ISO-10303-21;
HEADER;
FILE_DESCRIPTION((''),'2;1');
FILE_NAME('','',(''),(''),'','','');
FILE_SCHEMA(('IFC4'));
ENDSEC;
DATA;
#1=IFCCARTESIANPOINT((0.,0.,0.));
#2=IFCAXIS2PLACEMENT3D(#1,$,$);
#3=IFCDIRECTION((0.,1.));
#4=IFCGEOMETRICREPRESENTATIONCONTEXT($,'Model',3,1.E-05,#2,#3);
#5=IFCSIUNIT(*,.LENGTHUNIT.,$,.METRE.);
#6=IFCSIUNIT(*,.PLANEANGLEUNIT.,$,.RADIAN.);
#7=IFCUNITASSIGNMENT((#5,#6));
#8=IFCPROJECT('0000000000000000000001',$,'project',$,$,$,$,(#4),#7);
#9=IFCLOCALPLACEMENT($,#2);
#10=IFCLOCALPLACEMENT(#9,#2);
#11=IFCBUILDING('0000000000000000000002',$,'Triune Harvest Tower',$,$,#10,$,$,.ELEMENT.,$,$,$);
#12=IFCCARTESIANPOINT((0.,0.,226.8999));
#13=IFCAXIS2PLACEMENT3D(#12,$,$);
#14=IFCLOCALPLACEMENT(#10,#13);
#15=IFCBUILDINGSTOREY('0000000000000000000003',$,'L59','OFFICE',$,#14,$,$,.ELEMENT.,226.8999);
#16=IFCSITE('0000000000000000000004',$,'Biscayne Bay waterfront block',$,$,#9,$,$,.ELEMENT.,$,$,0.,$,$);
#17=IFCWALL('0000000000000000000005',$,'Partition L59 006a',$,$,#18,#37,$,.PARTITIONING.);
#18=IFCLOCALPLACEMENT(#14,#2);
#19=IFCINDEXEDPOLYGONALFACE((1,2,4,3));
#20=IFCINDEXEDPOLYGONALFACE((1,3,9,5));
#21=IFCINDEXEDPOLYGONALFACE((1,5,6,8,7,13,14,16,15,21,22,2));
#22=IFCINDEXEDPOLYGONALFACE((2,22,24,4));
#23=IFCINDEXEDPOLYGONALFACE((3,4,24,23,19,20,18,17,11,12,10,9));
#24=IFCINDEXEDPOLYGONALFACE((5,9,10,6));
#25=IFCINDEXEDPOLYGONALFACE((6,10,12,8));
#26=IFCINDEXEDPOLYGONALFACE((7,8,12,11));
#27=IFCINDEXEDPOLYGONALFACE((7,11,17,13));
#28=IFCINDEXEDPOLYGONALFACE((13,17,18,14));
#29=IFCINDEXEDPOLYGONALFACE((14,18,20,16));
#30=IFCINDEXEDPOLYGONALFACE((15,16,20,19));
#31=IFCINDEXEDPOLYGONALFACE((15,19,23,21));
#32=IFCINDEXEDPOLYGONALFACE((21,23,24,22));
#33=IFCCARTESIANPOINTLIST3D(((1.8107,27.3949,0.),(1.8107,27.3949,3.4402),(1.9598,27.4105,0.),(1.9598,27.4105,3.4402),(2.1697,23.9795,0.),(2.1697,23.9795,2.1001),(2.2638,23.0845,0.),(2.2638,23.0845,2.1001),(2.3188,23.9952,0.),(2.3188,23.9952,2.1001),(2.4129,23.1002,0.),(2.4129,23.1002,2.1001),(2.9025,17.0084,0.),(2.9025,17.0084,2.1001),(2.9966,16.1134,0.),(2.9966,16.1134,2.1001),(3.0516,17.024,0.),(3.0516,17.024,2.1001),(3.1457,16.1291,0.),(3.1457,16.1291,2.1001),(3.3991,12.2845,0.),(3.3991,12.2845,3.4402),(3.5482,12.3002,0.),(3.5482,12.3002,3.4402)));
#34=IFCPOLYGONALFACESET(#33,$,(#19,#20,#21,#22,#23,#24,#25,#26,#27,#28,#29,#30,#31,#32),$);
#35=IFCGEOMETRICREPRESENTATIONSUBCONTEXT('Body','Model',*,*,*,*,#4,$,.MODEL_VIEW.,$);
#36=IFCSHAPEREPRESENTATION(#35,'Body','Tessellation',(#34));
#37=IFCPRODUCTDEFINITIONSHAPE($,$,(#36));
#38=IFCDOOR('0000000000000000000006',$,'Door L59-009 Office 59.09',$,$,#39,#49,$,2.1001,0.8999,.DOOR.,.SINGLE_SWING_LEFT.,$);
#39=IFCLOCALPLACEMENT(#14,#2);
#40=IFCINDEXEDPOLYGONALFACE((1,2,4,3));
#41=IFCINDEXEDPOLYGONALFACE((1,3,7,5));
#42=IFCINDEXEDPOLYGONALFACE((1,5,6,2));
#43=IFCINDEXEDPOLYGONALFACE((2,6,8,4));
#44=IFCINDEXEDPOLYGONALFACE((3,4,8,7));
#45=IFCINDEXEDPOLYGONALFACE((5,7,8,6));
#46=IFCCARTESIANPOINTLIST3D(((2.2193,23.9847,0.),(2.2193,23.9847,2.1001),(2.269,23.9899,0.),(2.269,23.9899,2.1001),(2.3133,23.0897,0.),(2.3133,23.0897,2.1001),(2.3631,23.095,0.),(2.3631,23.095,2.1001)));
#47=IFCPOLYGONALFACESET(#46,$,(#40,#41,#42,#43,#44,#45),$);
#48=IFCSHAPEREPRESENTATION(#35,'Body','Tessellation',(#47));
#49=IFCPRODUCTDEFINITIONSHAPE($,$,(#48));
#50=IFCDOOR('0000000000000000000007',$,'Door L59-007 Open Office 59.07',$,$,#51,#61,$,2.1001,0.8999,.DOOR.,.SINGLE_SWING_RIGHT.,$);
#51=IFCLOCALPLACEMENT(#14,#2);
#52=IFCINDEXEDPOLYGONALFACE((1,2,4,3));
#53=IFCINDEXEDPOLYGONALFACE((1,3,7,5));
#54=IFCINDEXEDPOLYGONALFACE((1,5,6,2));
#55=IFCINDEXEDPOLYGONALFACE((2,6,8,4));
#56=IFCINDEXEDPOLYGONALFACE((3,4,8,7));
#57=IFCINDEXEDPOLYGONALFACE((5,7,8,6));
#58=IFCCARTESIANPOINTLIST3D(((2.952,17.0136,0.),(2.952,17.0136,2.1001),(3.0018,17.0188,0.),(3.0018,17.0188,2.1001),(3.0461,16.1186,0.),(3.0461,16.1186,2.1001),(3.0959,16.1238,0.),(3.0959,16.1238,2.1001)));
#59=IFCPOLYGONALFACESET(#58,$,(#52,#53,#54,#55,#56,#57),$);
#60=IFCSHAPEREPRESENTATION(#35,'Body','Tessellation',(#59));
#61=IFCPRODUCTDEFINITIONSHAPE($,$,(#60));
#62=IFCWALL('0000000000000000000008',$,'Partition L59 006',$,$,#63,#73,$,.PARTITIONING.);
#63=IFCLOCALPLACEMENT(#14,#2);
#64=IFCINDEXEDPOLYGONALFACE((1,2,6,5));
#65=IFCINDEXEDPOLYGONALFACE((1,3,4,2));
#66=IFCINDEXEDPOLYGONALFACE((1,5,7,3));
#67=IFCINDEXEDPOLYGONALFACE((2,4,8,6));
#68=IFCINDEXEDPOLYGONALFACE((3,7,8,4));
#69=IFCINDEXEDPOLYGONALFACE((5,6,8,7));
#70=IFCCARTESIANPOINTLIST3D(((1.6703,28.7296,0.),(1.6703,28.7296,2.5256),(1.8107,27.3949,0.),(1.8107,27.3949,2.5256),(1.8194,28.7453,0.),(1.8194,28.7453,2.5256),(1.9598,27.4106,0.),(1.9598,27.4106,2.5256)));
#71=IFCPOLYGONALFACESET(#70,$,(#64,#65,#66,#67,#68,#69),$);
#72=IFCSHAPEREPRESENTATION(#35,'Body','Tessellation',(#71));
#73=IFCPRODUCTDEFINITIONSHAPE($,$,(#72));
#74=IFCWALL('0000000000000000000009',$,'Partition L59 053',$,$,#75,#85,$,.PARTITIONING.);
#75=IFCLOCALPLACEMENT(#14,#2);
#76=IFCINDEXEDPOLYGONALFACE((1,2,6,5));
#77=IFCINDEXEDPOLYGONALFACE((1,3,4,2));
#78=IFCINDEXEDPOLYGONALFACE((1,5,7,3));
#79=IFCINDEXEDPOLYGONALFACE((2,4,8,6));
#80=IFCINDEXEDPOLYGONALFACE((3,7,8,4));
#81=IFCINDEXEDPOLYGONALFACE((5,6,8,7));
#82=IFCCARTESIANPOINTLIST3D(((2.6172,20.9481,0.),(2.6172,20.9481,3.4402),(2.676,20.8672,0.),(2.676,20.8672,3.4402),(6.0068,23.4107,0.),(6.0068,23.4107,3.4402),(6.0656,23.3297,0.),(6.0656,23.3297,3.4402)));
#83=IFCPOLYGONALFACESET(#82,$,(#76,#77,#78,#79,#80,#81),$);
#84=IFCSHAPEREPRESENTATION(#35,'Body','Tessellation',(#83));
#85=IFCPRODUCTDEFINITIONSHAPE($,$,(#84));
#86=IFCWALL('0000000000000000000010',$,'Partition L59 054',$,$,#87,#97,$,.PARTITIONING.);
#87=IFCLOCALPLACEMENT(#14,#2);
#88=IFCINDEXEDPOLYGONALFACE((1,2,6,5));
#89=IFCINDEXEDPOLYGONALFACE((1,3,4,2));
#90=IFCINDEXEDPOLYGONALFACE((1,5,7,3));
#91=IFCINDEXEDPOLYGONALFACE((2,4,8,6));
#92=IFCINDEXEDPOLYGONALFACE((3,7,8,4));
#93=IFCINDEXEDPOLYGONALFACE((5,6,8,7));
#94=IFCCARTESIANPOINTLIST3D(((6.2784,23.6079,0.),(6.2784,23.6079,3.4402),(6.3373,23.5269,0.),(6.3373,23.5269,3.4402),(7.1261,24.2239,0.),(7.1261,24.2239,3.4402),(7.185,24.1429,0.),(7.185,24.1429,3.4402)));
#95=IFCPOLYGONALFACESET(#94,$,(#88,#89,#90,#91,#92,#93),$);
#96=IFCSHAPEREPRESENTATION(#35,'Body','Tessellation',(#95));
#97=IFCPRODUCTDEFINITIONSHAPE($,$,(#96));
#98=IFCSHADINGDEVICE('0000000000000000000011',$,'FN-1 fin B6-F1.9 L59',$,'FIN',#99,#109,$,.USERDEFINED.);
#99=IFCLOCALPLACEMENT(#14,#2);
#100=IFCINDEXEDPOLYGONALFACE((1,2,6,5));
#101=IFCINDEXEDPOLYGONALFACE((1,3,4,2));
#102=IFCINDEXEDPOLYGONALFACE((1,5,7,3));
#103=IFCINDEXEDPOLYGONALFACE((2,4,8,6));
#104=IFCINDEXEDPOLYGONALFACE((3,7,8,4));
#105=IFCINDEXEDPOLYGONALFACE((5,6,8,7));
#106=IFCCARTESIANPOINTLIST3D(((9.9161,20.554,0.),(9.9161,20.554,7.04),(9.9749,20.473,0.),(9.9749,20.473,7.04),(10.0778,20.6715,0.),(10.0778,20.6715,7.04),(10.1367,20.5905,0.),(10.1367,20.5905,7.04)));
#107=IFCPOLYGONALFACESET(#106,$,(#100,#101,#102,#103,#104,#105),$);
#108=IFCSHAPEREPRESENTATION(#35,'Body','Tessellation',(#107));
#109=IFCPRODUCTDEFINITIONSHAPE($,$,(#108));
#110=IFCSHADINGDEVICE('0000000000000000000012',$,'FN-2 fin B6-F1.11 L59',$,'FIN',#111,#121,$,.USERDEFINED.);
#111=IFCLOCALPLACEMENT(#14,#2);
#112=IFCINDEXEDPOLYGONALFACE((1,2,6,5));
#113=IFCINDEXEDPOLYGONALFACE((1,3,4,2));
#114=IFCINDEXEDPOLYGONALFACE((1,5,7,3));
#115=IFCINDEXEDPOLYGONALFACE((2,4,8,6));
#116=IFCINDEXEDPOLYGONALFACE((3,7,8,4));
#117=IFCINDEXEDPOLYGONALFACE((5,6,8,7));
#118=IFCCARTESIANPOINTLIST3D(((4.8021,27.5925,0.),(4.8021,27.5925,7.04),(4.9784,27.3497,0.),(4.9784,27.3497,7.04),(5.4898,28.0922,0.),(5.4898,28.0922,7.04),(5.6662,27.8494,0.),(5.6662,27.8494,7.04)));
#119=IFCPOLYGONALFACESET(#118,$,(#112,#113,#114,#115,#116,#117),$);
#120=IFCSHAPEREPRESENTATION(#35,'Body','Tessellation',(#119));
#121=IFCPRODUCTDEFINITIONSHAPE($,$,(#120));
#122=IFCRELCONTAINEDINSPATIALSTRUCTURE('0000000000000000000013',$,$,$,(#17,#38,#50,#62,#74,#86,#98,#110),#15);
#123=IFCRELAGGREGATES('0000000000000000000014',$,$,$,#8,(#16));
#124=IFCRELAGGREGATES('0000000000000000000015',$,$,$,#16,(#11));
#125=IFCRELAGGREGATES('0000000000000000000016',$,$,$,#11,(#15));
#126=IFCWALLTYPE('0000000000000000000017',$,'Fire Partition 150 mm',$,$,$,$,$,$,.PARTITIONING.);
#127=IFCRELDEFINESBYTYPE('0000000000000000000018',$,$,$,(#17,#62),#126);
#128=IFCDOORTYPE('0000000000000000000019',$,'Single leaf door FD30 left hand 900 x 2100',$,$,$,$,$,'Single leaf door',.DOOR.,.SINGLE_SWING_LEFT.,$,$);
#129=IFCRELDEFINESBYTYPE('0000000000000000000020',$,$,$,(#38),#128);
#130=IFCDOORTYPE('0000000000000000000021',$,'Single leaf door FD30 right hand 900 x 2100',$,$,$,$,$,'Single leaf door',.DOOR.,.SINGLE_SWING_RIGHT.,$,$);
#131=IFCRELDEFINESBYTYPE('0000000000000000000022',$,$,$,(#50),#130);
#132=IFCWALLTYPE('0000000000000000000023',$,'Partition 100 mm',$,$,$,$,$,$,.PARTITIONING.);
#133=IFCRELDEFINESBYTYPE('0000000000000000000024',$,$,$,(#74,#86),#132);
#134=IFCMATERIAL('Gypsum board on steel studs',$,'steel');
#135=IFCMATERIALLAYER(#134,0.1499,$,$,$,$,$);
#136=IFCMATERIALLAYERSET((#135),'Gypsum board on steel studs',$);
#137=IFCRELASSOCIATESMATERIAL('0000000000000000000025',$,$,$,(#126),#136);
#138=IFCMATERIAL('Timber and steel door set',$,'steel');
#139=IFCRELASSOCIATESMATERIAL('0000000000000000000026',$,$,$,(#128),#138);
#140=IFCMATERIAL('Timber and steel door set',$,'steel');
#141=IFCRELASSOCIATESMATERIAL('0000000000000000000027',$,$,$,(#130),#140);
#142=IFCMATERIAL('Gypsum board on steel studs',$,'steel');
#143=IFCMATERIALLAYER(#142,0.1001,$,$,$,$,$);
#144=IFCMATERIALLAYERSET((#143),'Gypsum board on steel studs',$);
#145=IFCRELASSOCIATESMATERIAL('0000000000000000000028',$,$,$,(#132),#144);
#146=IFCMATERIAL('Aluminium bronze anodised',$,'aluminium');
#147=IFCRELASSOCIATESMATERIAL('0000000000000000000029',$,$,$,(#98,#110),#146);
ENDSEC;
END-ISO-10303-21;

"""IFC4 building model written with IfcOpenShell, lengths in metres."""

from ifc_helpers import new_model, si_unit, direction, frame, frame_2d, origin, origin_2d, place, context, subcontext, project, spatial, rectangle, extrude, source, transform, mapped, material, layer, layer_set, type_object, element, fill, save


model = new_model("IFC4")

# Units and contexts
model_context = context("Model", 3, precision=1e-05, world=origin(), true_north=direction((0.0, 1.0)))
body_context = subcontext(model_context, "Body", "Model", "MODEL_VIEW")
ifc_project = project(units=[si_unit("LENGTHUNIT", "METRE"), si_unit("PLANEANGLEUNIT", "RADIAN")], contexts=[model_context])

# Site, building, storey
site_placement = place(None, origin())
site = spatial("IfcSite", under=ifc_project, at=site_placement, Name="Biscayne Bay waterfront block", CompositionType="ELEMENT", RefElevation=0.0)
building_placement = place(site_placement, origin())
building = spatial("IfcBuilding", under=site, at=building_placement, Name="Triune Harvest Tower", CompositionType="ELEMENT")
storey_placement = place(building_placement, frame((0.0, 0.0, 226.8999)))
storey = spatial("IfcBuildingStorey", under=building, at=storey_placement, Name="L59", Description="OFFICE", CompositionType="ELEMENT", Elevation=226.8999)

# Wall, openings, doors
ifc_material_1 = material(Name="Gypsum board on steel studs", Category="steel")
ifc_layer_1 = layer(ifc_material_1, 0.1499)
ifc_layer_set_1 = layer_set([ifc_layer_1], Name="Gypsum board on steel studs")
wall_type_1 = type_object("IfcWallType", Name="Fire Partition 150 mm", PredefinedType="PARTITIONING", material=ifc_layer_set_1)
wall_1_placement = place(storey_placement, frame((1.8853, 27.4026, 0.0), z_axis=(0.0, 0.0, 1.0), x_axis=(0.104543, -0.99452, 0.0)))
wall_1 = element("IfcWall", 1, at=wall_1_placement, inside=storey, type_object=wall_type_1, Name="Partition L59 006a", PredefinedType="PARTITIONING", context=body_context, shape_type="SweptSolid", body=[
    extrude(rectangle(XDim=15.1936, YDim=0.1499, at=frame_2d((7.5967, 0.0))), origin(), (0.0, 0.0, 1.0), 3.4402),
])
opening_1_placement = place(wall_1_placement, frame((10.4436, 0.0, 0.0)))
opening_1 = element("IfcOpeningElement", 2, at=opening_1_placement, cuts=wall_1, PredefinedType="OPENING", context=body_context, shape_type="SweptSolid", body=[
    extrude(rectangle(XDim=0.8999, YDim=2.1001, at=frame_2d((0.45, 1.05))), frame((0.0, 0.085, 0.0), z_axis=(0.0, -1.0, 0.0), x_axis=(1.0, 0.0, 0.0)), (0.0, 0.0, 1.0), 0.1699),
])
opening_2_placement = place(wall_1_placement, frame((3.4341, 0.0, 0.0)))
opening_2 = element("IfcOpeningElement", 3, at=opening_2_placement, cuts=wall_1, PredefinedType="OPENING", context=body_context, shape_type="SweptSolid", body=[
    extrude(rectangle(XDim=0.8999, YDim=2.1001, at=frame_2d((0.45, 1.05))), frame((0.0, 0.085, 0.0), z_axis=(0.0, -1.0, 0.0), x_axis=(1.0, 0.0, 0.0)), (0.0, 0.0, 1.0), 0.1699),
])
ifc_material_2 = material(Name="Timber and steel door set", Category="steel")
door_type_1 = type_object("IfcDoorType", Name="Single leaf door FD30 left hand 900 x 2100", ElementType="Single leaf door", OperationType="SINGLE_SWING_LEFT", PredefinedType="DOOR", material=ifc_material_2)
door_1_placement = place(opening_2_placement, origin())
door_1 = element("IfcDoor", 4, at=door_1_placement, inside=storey, type_object=door_type_1, Name="Door L59-009 Office 59.09", OperationType="SINGLE_SWING_LEFT", OverallHeight=2.1001, OverallWidth=0.8999, PredefinedType="DOOR", context=body_context, shape_type="SweptSolid", body=[
    extrude(rectangle(XDim=0.8999, YDim=2.1001, at=frame_2d((0.45, 1.05))), frame((0.0, 0.0249, 0.0), z_axis=(0.0, -1.0, 0.0), x_axis=(1.0, 0.0, 0.0)), (0.0, 0.0, 1.0), 0.05),
])
fill(opening_2, door_1)
ifc_material_3 = material(Name="Timber and steel door set", Category="steel")
door_type_2 = type_object("IfcDoorType", Name="Single leaf door FD30 right hand 900 x 2100", ElementType="Single leaf door", OperationType="SINGLE_SWING_RIGHT", PredefinedType="DOOR", material=ifc_material_3)
door_2_placement = place(opening_1_placement, origin())
door_2 = element("IfcDoor", 5, at=door_2_placement, inside=storey, type_object=door_type_2, Name="Door L59-007 Open Office 59.07", OperationType="SINGLE_SWING_RIGHT", OverallHeight=2.1001, OverallWidth=0.8999, PredefinedType="DOOR", context=body_context, shape_type="SweptSolid", body=[
    extrude(rectangle(XDim=0.8999, YDim=2.1001, at=frame_2d((0.45, 1.05))), frame((0.0, 0.0249, 0.0), z_axis=(0.0, -1.0, 0.0), x_axis=(1.0, 0.0, 0.0)), (0.0, 0.0, 1.0), 0.05),
])
fill(opening_1, door_2)

# Walls
shared_shape_1 = source(origin(), body_context, "Body", "SweptSolid", [
    extrude(rectangle(XDim=1.342, YDim=0.1499, at=frame_2d((0.6709, 0.0))), origin(), (0.0, 0.0, 1.0), 2.5256),
])
wall_2_placement = place(storey_placement, frame((1.7449, 28.7373, 0.0), z_axis=(0.0, 0.0, 1.0), x_axis=(0.1046, -0.994514, 0.0)))
element("IfcWall", 6, at=wall_2_placement, inside=storey, type_object=wall_type_1, Name="Partition L59 006", PredefinedType="PARTITIONING", context=body_context, shape_type="MappedRepresentation", body=[
    mapped(shared_shape_1, transform((0.0, 0.0, 0.0), scale=1.0)),
])
ifc_material_4 = material(Name="Gypsum board on steel studs", Category="steel")
ifc_layer_2 = layer(ifc_material_4, 0.1001)
ifc_layer_set_2 = layer_set([ifc_layer_2], Name="Gypsum board on steel studs")
wall_type_2 = type_object("IfcWallType", Name="Partition 100 mm", PredefinedType="PARTITIONING", material=ifc_layer_set_2)
shared_shape_2 = source(origin(), body_context, "Body", "SweptSolid", [
    extrude(rectangle(XDim=4.1897, YDim=0.1001, at=frame_2d((2.0947, 0.0))), origin(), (0.0, 0.0, 1.0), 3.4402),
])
wall_3_placement = place(storey_placement, frame((2.6467, 20.9077, 0.0), z_axis=(0.0, 0.0, 1.0), x_axis=(0.809026, 0.587773, 0.0)))
element("IfcWall", 7, at=wall_3_placement, inside=storey, type_object=wall_type_2, Name="Partition L59 053", PredefinedType="PARTITIONING", context=body_context, shape_type="MappedRepresentation", body=[
    mapped(shared_shape_2, transform((0.0, 0.0, 0.0), scale=1.0)),
])
shared_shape_3 = source(origin(), body_context, "Body", "SweptSolid", [
    extrude(rectangle(XDim=1.0479, YDim=0.1001, at=frame_2d((0.5239, 0.0))), origin(), (0.0, 0.0, 1.0), 3.4402),
])
wall_4_placement = place(storey_placement, frame((6.3079, 23.5674, 0.0), z_axis=(0.0, 0.0, 1.0), x_axis=(0.808968, 0.587853, 0.0)))
element("IfcWall", 8, at=wall_4_placement, inside=storey, type_object=wall_type_2, Name="Partition L59 054", PredefinedType="PARTITIONING", context=body_context, shape_type="MappedRepresentation", body=[
    mapped(shared_shape_3, transform((0.0, 0.0, 0.0), scale=1.0)),
])

# Shading devices
ifc_material_5 = material(Name="Aluminium bronze anodised", Category="aluminium")
shared_shape_4 = source(origin(), body_context, "Body", "SweptSolid", [
    extrude(rectangle(XDim=0.1001, YDim=0.2, at=origin_2d()), origin(), (0.0, 0.0, 1.0), 7.04),
])
shading_device_1_placement = place(storey_placement, frame((10.0264, 20.5723, 0.0), z_axis=(0.0, 0.0, 1.0), x_axis=(-0.587786, 0.809017, 0.0)))
element("IfcShadingDevice", 9, at=shading_device_1_placement, inside=storey, material=ifc_material_5, Name="FN-1 fin B6-F1.9 L59", ObjectType="FIN", PredefinedType="USERDEFINED", context=body_context, shape_type="MappedRepresentation", body=[
    mapped(shared_shape_4, transform((0.0, 0.0, 0.0), scale=1.0)),
])
shared_shape_5 = source(origin(), body_context, "Body", "SweptSolid", [
    extrude(rectangle(XDim=0.3, YDim=0.8501, at=origin_2d()), origin(), (0.0, 0.0, 1.0), 7.04),
])
shading_device_2_placement = place(storey_placement, frame((5.2341, 27.7209, 0.0), z_axis=(0.0, 0.0, 1.0), x_axis=(-0.587786, 0.809017, 0.0)))
element("IfcShadingDevice", 10, at=shading_device_2_placement, inside=storey, material=ifc_material_5, Name="FN-2 fin B6-F1.11 L59", ObjectType="FIN", PredefinedType="USERDEFINED", context=body_context, shape_type="MappedRepresentation", body=[
    mapped(shared_shape_5, transform((0.0, 0.0, 0.0), scale=1.0)),
])

save(model, "model.ifc")
